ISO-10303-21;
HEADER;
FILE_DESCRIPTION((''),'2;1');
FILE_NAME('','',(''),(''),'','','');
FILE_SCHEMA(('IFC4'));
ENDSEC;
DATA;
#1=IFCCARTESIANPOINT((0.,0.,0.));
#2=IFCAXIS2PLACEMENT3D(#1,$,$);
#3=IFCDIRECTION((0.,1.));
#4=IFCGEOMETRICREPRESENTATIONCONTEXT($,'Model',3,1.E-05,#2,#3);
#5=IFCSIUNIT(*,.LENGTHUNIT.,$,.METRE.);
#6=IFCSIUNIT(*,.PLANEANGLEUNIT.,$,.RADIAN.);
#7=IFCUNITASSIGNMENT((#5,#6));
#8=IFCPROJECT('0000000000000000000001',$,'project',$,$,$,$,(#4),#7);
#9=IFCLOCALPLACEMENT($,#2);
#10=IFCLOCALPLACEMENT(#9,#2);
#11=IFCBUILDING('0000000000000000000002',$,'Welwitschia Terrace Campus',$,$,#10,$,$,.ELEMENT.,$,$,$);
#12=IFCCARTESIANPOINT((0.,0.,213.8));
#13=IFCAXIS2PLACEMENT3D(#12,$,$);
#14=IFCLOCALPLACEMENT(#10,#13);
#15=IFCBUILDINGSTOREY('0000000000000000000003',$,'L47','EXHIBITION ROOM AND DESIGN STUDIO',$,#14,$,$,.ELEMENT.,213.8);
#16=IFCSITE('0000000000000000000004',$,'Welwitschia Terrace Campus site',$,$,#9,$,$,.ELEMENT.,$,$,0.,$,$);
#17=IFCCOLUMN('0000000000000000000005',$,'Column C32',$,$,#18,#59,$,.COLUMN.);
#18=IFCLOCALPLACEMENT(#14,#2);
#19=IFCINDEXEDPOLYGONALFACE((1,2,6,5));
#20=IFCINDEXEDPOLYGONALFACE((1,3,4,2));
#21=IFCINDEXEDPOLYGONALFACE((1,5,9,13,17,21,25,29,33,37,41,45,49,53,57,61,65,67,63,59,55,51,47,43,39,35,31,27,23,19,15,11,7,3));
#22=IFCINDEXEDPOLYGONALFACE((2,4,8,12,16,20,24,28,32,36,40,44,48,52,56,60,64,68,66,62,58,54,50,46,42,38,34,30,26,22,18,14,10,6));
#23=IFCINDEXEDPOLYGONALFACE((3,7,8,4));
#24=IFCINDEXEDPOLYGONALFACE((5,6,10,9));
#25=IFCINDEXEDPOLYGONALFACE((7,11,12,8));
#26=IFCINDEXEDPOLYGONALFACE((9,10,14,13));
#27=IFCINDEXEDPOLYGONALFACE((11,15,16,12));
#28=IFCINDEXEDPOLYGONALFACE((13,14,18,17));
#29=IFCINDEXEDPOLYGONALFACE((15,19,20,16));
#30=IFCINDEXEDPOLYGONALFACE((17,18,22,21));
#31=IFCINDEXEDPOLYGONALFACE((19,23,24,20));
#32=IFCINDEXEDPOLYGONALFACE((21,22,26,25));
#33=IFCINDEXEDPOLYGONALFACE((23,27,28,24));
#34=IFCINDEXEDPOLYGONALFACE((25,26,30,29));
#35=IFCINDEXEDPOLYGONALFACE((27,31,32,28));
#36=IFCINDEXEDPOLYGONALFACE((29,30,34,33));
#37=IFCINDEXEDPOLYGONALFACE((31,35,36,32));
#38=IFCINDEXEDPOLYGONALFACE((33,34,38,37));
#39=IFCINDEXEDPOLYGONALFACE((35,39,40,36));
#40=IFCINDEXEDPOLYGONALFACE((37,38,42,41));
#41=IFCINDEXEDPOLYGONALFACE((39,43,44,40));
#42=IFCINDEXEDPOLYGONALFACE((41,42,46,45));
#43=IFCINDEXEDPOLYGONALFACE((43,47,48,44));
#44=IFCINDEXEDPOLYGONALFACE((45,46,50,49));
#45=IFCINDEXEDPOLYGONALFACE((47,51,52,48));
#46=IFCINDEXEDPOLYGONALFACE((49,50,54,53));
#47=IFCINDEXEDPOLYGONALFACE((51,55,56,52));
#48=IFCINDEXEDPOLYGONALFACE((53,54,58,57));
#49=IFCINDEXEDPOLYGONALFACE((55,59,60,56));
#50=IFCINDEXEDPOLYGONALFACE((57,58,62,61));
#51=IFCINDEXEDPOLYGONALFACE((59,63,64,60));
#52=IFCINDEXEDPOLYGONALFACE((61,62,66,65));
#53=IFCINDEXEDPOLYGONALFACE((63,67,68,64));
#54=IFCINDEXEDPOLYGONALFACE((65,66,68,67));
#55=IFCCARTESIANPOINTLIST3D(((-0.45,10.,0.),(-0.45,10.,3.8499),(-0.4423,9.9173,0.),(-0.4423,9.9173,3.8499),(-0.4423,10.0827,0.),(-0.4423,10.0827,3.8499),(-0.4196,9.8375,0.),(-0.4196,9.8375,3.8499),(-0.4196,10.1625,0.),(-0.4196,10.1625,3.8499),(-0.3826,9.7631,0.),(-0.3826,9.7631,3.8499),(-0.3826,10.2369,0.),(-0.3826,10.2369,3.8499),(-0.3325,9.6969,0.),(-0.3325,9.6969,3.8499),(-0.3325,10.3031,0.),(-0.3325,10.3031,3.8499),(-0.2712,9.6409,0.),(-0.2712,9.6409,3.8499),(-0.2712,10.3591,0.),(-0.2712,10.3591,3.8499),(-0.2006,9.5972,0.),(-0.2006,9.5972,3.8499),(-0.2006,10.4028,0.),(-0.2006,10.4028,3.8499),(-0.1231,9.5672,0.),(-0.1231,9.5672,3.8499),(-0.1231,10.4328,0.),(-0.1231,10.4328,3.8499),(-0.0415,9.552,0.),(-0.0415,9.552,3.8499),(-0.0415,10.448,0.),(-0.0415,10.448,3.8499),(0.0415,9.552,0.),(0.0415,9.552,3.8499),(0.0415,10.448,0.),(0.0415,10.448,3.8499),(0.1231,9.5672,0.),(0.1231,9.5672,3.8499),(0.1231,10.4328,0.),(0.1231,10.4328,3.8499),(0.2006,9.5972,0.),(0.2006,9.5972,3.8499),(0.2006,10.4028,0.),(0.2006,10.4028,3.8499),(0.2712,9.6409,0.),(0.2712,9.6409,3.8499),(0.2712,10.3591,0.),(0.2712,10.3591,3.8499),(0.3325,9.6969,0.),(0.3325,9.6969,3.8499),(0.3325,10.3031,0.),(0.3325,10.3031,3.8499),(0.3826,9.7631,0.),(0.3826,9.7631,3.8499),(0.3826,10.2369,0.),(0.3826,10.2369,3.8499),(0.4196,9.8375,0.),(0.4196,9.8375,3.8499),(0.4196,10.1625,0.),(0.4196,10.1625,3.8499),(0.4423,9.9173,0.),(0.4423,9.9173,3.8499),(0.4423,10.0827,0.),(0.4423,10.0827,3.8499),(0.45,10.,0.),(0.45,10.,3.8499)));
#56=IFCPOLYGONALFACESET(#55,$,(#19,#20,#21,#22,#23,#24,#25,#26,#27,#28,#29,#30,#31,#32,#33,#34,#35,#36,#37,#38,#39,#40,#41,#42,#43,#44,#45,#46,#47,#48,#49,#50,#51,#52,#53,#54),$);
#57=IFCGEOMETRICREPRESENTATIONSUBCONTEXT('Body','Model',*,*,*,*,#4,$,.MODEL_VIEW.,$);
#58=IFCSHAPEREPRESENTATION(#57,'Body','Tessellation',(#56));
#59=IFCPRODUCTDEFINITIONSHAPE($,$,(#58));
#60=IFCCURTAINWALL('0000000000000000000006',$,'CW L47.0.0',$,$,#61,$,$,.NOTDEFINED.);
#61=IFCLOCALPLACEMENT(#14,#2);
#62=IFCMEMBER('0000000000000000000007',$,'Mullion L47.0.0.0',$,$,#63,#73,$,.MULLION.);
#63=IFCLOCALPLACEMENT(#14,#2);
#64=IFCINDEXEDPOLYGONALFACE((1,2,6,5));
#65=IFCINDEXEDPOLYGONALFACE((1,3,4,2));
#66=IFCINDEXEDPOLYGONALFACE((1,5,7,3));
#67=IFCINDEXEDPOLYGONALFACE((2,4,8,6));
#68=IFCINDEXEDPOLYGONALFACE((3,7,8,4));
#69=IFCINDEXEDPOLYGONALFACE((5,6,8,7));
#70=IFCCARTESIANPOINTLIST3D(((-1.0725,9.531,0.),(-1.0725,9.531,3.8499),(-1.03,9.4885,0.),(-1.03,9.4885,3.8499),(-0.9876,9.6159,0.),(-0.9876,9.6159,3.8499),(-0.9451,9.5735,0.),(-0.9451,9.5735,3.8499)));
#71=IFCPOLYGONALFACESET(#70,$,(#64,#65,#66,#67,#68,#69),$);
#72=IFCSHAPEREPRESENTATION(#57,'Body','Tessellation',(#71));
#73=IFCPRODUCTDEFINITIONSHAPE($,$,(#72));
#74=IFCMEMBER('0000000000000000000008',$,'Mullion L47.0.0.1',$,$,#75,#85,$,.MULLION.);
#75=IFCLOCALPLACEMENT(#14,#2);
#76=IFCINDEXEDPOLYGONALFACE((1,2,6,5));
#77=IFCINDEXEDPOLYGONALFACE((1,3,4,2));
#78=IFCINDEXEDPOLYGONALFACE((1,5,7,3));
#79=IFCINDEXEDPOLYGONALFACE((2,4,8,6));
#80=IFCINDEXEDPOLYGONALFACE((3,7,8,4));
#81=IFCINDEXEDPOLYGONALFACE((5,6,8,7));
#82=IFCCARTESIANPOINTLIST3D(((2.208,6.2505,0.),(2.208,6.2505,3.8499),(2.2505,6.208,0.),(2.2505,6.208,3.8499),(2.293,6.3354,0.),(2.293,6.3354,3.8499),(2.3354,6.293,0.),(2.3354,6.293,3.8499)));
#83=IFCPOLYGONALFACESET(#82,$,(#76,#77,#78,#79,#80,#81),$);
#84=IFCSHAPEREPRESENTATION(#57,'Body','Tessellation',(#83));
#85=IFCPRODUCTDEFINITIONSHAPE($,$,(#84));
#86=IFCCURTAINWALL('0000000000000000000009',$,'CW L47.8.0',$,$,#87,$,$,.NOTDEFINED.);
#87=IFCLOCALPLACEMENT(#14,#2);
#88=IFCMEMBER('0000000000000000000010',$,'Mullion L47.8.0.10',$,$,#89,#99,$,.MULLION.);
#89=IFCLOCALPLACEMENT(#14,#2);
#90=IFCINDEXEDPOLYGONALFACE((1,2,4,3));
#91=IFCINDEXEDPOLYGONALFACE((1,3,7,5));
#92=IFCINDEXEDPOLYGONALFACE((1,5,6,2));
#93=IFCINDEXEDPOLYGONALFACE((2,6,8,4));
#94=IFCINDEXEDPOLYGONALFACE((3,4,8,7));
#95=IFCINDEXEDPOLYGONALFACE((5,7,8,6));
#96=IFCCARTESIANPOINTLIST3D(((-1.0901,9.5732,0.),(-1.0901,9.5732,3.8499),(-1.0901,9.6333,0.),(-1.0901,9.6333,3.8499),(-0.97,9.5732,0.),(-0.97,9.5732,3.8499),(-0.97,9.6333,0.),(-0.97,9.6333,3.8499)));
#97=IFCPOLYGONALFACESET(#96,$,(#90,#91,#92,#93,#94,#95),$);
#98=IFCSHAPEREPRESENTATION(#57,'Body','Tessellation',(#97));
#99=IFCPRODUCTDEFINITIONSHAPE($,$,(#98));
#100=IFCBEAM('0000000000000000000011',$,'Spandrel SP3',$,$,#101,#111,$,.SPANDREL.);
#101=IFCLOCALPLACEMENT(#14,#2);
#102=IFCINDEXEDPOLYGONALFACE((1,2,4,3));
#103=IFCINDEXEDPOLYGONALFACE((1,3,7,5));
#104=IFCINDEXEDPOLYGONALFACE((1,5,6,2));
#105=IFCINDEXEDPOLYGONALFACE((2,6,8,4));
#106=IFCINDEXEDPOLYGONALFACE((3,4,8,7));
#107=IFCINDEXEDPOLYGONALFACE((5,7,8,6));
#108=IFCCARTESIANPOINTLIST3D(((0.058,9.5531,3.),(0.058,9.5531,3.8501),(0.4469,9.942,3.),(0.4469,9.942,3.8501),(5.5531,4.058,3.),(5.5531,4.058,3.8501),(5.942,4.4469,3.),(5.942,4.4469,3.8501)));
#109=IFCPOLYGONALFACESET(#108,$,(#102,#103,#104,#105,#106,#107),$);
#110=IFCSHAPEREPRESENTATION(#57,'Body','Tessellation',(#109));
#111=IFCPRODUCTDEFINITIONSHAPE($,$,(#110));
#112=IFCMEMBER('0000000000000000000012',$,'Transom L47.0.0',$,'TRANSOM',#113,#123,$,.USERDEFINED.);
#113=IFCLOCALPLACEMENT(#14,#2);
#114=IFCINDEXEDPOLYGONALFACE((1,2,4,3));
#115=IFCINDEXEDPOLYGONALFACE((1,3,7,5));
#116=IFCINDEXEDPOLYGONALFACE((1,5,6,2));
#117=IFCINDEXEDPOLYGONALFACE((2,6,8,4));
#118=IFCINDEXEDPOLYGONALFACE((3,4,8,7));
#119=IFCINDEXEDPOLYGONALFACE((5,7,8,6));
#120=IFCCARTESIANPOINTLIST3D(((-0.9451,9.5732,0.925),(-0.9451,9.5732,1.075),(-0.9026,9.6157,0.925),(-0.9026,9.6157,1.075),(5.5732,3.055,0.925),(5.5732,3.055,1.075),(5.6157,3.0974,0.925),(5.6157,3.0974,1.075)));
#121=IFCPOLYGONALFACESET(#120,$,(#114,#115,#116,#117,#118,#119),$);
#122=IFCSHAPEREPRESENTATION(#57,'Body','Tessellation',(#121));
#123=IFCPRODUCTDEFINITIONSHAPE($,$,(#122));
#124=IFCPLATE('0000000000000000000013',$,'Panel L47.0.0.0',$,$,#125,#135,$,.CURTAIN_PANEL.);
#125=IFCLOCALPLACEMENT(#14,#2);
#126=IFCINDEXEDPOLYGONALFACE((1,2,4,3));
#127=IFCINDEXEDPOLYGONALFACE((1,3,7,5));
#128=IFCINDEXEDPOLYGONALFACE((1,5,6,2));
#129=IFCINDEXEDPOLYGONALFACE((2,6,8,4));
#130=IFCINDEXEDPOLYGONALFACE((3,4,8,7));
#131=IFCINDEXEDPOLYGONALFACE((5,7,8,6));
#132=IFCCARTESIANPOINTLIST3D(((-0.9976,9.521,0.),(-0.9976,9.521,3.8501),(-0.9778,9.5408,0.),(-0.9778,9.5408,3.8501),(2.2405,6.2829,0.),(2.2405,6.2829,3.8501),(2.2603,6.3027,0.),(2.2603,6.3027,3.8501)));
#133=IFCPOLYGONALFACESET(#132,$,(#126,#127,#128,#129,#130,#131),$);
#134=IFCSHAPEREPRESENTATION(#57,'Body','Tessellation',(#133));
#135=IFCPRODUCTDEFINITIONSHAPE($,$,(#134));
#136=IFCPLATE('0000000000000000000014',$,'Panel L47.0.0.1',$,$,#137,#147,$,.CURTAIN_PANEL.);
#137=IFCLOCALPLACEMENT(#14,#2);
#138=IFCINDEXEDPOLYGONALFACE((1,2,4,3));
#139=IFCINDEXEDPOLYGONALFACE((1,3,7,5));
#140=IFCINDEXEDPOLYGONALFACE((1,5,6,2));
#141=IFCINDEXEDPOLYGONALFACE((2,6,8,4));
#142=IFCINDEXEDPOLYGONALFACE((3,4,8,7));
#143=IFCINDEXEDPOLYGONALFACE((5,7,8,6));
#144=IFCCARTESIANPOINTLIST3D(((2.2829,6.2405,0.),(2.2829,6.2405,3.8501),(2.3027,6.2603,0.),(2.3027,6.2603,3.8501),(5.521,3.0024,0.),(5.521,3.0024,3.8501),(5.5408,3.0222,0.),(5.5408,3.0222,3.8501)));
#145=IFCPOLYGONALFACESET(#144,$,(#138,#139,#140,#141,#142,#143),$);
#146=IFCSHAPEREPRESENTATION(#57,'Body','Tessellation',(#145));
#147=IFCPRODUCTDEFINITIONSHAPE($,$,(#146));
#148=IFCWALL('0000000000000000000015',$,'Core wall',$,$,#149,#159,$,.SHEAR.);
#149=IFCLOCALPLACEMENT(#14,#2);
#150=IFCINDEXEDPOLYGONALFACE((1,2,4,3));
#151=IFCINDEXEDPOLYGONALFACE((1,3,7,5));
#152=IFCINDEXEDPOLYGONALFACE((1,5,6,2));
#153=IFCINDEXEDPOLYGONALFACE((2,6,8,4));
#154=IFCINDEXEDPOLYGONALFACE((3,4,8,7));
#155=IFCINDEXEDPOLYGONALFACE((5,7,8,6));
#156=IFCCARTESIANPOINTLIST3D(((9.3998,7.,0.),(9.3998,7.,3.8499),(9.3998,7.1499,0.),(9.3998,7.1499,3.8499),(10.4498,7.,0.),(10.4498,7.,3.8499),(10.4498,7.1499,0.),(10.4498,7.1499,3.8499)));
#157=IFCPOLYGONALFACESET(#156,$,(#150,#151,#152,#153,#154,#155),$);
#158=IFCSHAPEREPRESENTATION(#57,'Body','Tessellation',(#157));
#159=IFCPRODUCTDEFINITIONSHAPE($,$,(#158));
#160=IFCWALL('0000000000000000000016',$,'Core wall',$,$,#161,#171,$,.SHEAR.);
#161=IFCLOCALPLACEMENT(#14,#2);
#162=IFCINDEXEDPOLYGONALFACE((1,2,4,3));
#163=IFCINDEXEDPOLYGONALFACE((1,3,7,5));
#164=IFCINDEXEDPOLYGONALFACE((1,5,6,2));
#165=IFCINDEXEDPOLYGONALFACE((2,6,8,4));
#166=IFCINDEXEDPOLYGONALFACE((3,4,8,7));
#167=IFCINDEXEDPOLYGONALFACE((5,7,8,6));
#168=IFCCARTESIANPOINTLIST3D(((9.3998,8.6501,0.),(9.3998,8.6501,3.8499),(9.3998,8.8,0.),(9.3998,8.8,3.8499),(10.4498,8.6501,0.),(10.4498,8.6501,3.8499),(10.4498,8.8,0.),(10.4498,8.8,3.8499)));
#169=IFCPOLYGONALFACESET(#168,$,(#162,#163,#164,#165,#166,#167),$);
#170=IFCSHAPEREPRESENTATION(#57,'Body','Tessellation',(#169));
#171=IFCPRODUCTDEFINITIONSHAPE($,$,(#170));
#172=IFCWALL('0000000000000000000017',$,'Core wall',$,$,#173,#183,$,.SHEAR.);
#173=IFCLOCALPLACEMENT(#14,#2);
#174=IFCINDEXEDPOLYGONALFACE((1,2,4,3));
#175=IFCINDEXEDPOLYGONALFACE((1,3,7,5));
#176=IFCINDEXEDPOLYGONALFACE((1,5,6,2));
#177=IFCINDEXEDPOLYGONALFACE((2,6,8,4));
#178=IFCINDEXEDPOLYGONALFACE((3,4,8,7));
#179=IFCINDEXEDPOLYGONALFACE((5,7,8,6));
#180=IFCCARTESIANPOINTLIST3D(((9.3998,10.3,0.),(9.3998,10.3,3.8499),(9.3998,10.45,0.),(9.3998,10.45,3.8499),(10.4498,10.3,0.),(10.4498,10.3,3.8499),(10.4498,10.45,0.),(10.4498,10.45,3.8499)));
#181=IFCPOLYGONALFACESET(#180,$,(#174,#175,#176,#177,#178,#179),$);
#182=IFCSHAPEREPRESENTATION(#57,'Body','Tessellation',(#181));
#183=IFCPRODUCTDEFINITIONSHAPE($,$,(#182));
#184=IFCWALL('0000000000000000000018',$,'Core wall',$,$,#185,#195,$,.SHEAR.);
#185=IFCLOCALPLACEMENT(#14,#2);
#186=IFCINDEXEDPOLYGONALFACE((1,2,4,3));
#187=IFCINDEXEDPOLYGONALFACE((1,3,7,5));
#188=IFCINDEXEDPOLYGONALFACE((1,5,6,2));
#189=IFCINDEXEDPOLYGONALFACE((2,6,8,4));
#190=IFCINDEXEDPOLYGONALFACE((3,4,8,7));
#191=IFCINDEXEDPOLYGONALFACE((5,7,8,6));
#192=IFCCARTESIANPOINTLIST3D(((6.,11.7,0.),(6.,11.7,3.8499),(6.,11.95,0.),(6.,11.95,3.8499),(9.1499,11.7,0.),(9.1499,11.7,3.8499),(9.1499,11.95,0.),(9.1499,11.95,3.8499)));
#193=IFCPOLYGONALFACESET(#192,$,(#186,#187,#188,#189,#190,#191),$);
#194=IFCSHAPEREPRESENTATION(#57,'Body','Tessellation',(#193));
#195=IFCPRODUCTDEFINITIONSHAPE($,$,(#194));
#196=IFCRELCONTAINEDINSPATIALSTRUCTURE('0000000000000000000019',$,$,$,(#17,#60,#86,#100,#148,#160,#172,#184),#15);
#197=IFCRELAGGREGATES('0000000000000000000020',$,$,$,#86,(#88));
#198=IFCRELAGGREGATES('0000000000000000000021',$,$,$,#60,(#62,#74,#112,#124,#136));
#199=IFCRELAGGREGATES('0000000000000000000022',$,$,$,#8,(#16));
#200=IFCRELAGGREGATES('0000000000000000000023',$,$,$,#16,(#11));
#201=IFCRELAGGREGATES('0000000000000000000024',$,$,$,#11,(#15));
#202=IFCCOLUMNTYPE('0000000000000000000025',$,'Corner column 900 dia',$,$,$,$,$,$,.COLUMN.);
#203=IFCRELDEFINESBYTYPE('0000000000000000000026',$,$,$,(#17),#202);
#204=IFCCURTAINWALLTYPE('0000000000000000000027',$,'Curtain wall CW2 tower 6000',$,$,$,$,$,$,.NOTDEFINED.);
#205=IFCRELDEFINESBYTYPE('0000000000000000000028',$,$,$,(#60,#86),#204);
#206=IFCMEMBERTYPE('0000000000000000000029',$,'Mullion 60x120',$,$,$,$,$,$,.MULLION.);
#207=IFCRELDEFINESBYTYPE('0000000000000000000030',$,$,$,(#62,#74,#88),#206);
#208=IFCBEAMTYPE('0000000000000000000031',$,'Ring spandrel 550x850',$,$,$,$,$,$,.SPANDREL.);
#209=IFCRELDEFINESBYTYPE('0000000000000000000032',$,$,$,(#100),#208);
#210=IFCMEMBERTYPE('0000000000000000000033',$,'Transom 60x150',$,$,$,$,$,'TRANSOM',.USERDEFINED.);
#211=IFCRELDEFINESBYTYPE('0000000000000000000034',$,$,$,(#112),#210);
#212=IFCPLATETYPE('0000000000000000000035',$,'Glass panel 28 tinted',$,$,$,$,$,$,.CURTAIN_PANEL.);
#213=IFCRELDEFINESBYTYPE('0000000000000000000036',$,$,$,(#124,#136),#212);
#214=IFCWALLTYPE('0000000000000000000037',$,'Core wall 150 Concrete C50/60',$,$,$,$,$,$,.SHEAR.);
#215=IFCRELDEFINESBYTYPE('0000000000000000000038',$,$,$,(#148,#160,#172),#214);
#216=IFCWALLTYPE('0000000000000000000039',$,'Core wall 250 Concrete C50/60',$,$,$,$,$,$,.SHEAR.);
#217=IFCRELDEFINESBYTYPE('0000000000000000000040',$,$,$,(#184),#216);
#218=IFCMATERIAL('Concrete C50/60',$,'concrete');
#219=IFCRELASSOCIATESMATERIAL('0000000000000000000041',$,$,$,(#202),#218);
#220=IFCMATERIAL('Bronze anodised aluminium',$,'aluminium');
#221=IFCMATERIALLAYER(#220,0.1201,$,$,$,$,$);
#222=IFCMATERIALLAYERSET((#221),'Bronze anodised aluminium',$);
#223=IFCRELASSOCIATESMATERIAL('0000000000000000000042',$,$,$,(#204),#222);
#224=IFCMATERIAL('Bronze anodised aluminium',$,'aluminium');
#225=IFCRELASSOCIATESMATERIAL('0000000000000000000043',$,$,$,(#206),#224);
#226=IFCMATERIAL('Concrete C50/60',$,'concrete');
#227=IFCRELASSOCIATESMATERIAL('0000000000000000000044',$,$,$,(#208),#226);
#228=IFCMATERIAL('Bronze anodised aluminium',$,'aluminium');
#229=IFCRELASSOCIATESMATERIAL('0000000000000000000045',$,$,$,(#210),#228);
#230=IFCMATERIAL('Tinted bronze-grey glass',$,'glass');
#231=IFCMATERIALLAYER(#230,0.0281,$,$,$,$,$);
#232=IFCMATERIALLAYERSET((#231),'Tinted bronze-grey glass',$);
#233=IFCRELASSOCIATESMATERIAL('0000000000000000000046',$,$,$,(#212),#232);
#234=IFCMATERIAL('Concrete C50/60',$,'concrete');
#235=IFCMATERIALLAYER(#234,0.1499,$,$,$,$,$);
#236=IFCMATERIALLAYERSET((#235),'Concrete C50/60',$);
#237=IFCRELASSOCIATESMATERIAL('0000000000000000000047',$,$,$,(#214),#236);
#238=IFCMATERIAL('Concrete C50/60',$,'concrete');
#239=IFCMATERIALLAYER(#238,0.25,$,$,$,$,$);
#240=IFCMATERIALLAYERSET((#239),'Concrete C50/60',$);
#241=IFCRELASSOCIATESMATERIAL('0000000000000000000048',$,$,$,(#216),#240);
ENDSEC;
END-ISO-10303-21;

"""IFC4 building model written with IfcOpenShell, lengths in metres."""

from ifc_helpers import new_model, si_unit, direction, frame, frame_2d, origin, origin_2d, place, context, subcontext, project, spatial, rectangle, circle, extrude, material, layer, layer_set, material_profile, profile_set, type_object, element, aggregate, save


model = new_model("IFC4")

# Units and contexts
model_context = context("Model", 3, precision=1e-05, world=origin(), true_north=direction((0.0, 1.0)))
body_context = subcontext(model_context, "Body", "Model", "MODEL_VIEW")
ifc_project = project(units=[si_unit("LENGTHUNIT", "METRE"), si_unit("PLANEANGLEUNIT", "RADIAN")], contexts=[model_context])

# Site, building, storey
site_placement = place(None, origin())
site = spatial("IfcSite", under=ifc_project, at=site_placement, Name="Welwitschia Terrace Campus site", CompositionType="ELEMENT", RefElevation=0.0)
building_placement = place(site_placement, origin())
building = spatial("IfcBuilding", under=site, at=building_placement, Name="Welwitschia Terrace Campus", CompositionType="ELEMENT")
storey_placement = place(building_placement, frame((0.0, 0.0, 213.8)))
storey = spatial("IfcBuildingStorey", under=building, at=storey_placement, Name="L47", Description="EXHIBITION ROOM AND DESIGN STUDIO", CompositionType="ELEMENT", Elevation=213.8)

# Column
ifc_material_1 = material(Name="Concrete C50/60", Category="concrete")
ifc_material_profile_1 = material_profile(ifc_material_1, circle(Radius=0.45, at=origin_2d()))
ifc_profile_set_1 = profile_set([ifc_material_profile_1], Name="Concrete C50/60")
column_type = type_object("IfcColumnType", Name="Corner column 900 dia", PredefinedType="COLUMN", material=ifc_profile_set_1)
column_placement = place(storey_placement, frame((0.0, 10.0, 0.0), z_axis=(0.0, 0.0, 1.0), x_axis=(1.0, 0.0, 0.0)))
element("IfcColumn", 1, at=column_placement, inside=storey, type_object=column_type, Name="Column C32", PredefinedType="COLUMN", context=body_context, shape_type="SweptSolid", body=[
    extrude(circle(Radius=0.45, at=origin_2d()), origin(), (0.0, 0.0, 1.0), 3.8499),
])

# Curtain wall, members
ifc_material_2 = material(Name="Bronze anodised aluminium", Category="aluminium")
ifc_layer_1 = layer(ifc_material_2, 0.1201)
ifc_layer_set_1 = layer_set([ifc_layer_1], Name="Bronze anodised aluminium")
curtain_wall_type = type_object("IfcCurtainWallType", Name="Curtain wall CW2 tower 6000", PredefinedType="NOTDEFINED", material=ifc_layer_set_1)
curtain_wall_1_placement = place(storey_placement, origin())
curtain_wall_1 = element("IfcCurtainWall", 2, at=curtain_wall_1_placement, inside=storey, type_object=curtain_wall_type, Name="CW L47.0.0", PredefinedType="NOTDEFINED")
ifc_material_3 = material(Name="Bronze anodised aluminium", Category="aluminium")
ifc_material_profile_2 = material_profile(ifc_material_3, rectangle(XDim=0.1201, YDim=0.0601, at=origin_2d()))
ifc_profile_set_2 = profile_set([ifc_material_profile_2], Name="Bronze anodised aluminium")
member_type_1 = type_object("IfcMemberType", Name="Mullion 60x120", PredefinedType="MULLION", material=ifc_profile_set_2)
member_1_placement = place(storey_placement, frame((-1.0088, 9.5522, 0.0), z_axis=(0.0, 0.0, 1.0), x_axis=(0.707107, 0.707107, 0.0)))
member_1 = element("IfcMember", 3, at=member_1_placement, type_object=member_type_1, Name="Mullion L47.0.0.0", PredefinedType="MULLION", context=body_context, shape_type="SweptSolid", body=[
    extrude(rectangle(XDim=0.1201, YDim=0.0601, at=origin_2d()), origin(), (0.0, 0.0, 1.0), 3.8499),
])
member_2_placement = place(storey_placement, frame((2.2717, 6.2717, 0.0), z_axis=(0.0, 0.0, 1.0), x_axis=(0.707107, 0.707107, 0.0)))
member_2 = element("IfcMember", 4, at=member_2_placement, type_object=member_type_1, Name="Mullion L47.0.0.1", PredefinedType="MULLION", context=body_context, shape_type="SweptSolid", body=[
    extrude(rectangle(XDim=0.1201, YDim=0.0601, at=origin_2d()), origin(), (0.0, 0.0, 1.0), 3.8499),
])

# Curtain wall, member
curtain_wall_2_placement = place(storey_placement, origin())
curtain_wall_2 = element("IfcCurtainWall", 5, at=curtain_wall_2_placement, inside=storey, type_object=curtain_wall_type, Name="CW L47.8.0", PredefinedType="NOTDEFINED")
member_3_placement = place(storey_placement, frame((-1.03, 9.6033, 0.0), z_axis=(0.0, 0.0, 1.0), x_axis=(1.0, 0.0, 0.0)))
member_3 = element("IfcMember", 6, at=member_3_placement, type_object=member_type_1, Name="Mullion L47.8.0.10", PredefinedType="MULLION", context=body_context, shape_type="SweptSolid", body=[
    extrude(rectangle(XDim=0.1201, YDim=0.0601, at=origin_2d()), origin(), (0.0, 0.0, 1.0), 3.8499),
])
aggregate(curtain_wall_2, [member_3])

# Beam
ifc_material_4 = material(Name="Concrete C50/60", Category="concrete")
ifc_material_profile_3 = material_profile(ifc_material_4, rectangle(XDim=0.55, YDim=0.8501, at=origin_2d()))
ifc_profile_set_3 = profile_set([ifc_material_profile_3], Name="Concrete C50/60")
beam_type = type_object("IfcBeamType", Name="Ring spandrel 550x850", PredefinedType="SPANDREL", material=ifc_profile_set_3)
beam_placement = place(storey_placement, frame((0.2524, 9.7476, 3.425), z_axis=(0.707107, -0.707107, 0.0), x_axis=(0.707107, 0.707107, 0.0)))
element("IfcBeam", 7, at=beam_placement, inside=storey, type_object=beam_type, Name="Spandrel SP3", PredefinedType="SPANDREL", context=body_context, shape_type="SweptSolid", body=[
    extrude(rectangle(XDim=0.55, YDim=0.8501, at=origin_2d()), origin(), (0.0, 0.0, 1.0), 7.7712),
])

# Member
ifc_material_5 = material(Name="Bronze anodised aluminium", Category="aluminium")
ifc_material_profile_4 = material_profile(ifc_material_5, rectangle(XDim=0.0601, YDim=0.1499, at=origin_2d()))
ifc_profile_set_4 = profile_set([ifc_material_profile_4], Name="Bronze anodised aluminium")
member_type_2 = type_object("IfcMemberType", Name="Transom 60x150", ElementType="TRANSOM", PredefinedType="USERDEFINED", material=ifc_profile_set_4)
member_4_placement = place(storey_placement, frame((-0.9238, 9.5945, 1.0), z_axis=(0.707107, -0.707107, 0.0), x_axis=(0.707107, 0.707107, 0.0)))
member_4 = element("IfcMember", 8, at=member_4_placement, type_object=member_type_2, Name="Transom L47.0.0", ObjectType="TRANSOM", PredefinedType="USERDEFINED", context=body_context, shape_type="SweptSolid", body=[
    extrude(rectangle(XDim=0.0601, YDim=0.1499, at=origin_2d()), origin(), (0.0, 0.0, 1.0), 9.2183),
])

# Plates
ifc_material_6 = material(Name="Tinted bronze-grey glass", Category="glass")
ifc_layer_2 = layer(ifc_material_6, 0.0281)
ifc_layer_set_2 = layer_set([ifc_layer_2], Name="Tinted bronze-grey glass")
plate_type = type_object("IfcPlateType", Name="Glass panel 28 tinted", PredefinedType="CURTAIN_PANEL", material=ifc_layer_set_2)
plate_1_placement = place(storey_placement, frame((0.6313, 7.9119, 0.0), z_axis=(0.0, 0.0, 1.0), x_axis=(0.707107, -0.707107, 0.0)))
plate_1 = element("IfcPlate", 9, at=plate_1_placement, type_object=plate_type, Name="Panel L47.0.0.0", PredefinedType="CURTAIN_PANEL", context=body_context, shape_type="SweptSolid", body=[
    extrude(rectangle(XDim=4.5793, YDim=0.0281, at=origin_2d()), origin(), (0.0, 0.0, 1.0), 3.8501),
])
plate_2_placement = place(storey_placement, frame((3.9119, 4.6313, 0.0), z_axis=(0.0, 0.0, 1.0), x_axis=(0.707107, -0.707107, 0.0)))
plate_2 = element("IfcPlate", 10, at=plate_2_placement, type_object=plate_type, Name="Panel L47.0.0.1", PredefinedType="CURTAIN_PANEL", context=body_context, shape_type="SweptSolid", body=[
    extrude(rectangle(XDim=4.5793, YDim=0.0281, at=origin_2d()), origin(), (0.0, 0.0, 1.0), 3.8501),
])
aggregate(curtain_wall_1, [member_1, member_2, member_4, plate_1, plate_2])

# Walls
ifc_material_7 = material(Name="Concrete C50/60", Category="concrete")
ifc_layer_3 = layer(ifc_material_7, 0.1499)
ifc_layer_set_3 = layer_set([ifc_layer_3], Name="Concrete C50/60")
wall_type_1 = type_object("IfcWallType", Name="Core wall 150 Concrete C50/60", PredefinedType="SHEAR", material=ifc_layer_set_3)
for number, where, z_axis, x_axis, name in (
    (11, (9.3999, 7.075, 0.0), (0.0, 0.0, 1.0), (1.0, 0.0, 0.0), "Core wall"),
    (12, (9.3999, 8.7251, 0.0), (0.0, 0.0, 1.0), (1.0, 0.0, 0.0), "Core wall"),
    (13, (9.3999, 10.375, 0.0), (0.0, 0.0, 1.0), (1.0, 0.0, 0.0), "Core wall"),
):
    element("IfcWall", number, at=place(storey_placement, frame(where, z_axis=z_axis, x_axis=x_axis)), inside=storey, type_object=wall_type_1, Name=name, PredefinedType="SHEAR", context=body_context, shape_type="SweptSolid", body=[
        extrude(rectangle(XDim=1.05, YDim=0.1499, at=frame_2d((0.5249, 0.0))), origin(), (0.0, 0.0, 1.0), 3.8499),
    ])
ifc_material_8 = material(Name="Concrete C50/60", Category="concrete")
ifc_layer_4 = layer(ifc_material_8, 0.25)
ifc_layer_set_4 = layer_set([ifc_layer_4], Name="Concrete C50/60")
wall_type_2 = type_object("IfcWallType", Name="Core wall 250 Concrete C50/60", PredefinedType="SHEAR", material=ifc_layer_set_4)
wall_1_placement = place(storey_placement, frame((6.0, 11.825, 0.0), z_axis=(0.0, 0.0, 1.0), x_axis=(1.0, 0.0, 0.0)))
element("IfcWall", 14, at=wall_1_placement, inside=storey, type_object=wall_type_2, Name="Core wall", PredefinedType="SHEAR", context=body_context, shape_type="SweptSolid", body=[
    extrude(rectangle(XDim=3.1499, YDim=0.25, at=frame_2d((1.575, 0.0))), origin(), (0.0, 0.0, 1.0), 3.8499),
])

save(model, "model.ifc")
